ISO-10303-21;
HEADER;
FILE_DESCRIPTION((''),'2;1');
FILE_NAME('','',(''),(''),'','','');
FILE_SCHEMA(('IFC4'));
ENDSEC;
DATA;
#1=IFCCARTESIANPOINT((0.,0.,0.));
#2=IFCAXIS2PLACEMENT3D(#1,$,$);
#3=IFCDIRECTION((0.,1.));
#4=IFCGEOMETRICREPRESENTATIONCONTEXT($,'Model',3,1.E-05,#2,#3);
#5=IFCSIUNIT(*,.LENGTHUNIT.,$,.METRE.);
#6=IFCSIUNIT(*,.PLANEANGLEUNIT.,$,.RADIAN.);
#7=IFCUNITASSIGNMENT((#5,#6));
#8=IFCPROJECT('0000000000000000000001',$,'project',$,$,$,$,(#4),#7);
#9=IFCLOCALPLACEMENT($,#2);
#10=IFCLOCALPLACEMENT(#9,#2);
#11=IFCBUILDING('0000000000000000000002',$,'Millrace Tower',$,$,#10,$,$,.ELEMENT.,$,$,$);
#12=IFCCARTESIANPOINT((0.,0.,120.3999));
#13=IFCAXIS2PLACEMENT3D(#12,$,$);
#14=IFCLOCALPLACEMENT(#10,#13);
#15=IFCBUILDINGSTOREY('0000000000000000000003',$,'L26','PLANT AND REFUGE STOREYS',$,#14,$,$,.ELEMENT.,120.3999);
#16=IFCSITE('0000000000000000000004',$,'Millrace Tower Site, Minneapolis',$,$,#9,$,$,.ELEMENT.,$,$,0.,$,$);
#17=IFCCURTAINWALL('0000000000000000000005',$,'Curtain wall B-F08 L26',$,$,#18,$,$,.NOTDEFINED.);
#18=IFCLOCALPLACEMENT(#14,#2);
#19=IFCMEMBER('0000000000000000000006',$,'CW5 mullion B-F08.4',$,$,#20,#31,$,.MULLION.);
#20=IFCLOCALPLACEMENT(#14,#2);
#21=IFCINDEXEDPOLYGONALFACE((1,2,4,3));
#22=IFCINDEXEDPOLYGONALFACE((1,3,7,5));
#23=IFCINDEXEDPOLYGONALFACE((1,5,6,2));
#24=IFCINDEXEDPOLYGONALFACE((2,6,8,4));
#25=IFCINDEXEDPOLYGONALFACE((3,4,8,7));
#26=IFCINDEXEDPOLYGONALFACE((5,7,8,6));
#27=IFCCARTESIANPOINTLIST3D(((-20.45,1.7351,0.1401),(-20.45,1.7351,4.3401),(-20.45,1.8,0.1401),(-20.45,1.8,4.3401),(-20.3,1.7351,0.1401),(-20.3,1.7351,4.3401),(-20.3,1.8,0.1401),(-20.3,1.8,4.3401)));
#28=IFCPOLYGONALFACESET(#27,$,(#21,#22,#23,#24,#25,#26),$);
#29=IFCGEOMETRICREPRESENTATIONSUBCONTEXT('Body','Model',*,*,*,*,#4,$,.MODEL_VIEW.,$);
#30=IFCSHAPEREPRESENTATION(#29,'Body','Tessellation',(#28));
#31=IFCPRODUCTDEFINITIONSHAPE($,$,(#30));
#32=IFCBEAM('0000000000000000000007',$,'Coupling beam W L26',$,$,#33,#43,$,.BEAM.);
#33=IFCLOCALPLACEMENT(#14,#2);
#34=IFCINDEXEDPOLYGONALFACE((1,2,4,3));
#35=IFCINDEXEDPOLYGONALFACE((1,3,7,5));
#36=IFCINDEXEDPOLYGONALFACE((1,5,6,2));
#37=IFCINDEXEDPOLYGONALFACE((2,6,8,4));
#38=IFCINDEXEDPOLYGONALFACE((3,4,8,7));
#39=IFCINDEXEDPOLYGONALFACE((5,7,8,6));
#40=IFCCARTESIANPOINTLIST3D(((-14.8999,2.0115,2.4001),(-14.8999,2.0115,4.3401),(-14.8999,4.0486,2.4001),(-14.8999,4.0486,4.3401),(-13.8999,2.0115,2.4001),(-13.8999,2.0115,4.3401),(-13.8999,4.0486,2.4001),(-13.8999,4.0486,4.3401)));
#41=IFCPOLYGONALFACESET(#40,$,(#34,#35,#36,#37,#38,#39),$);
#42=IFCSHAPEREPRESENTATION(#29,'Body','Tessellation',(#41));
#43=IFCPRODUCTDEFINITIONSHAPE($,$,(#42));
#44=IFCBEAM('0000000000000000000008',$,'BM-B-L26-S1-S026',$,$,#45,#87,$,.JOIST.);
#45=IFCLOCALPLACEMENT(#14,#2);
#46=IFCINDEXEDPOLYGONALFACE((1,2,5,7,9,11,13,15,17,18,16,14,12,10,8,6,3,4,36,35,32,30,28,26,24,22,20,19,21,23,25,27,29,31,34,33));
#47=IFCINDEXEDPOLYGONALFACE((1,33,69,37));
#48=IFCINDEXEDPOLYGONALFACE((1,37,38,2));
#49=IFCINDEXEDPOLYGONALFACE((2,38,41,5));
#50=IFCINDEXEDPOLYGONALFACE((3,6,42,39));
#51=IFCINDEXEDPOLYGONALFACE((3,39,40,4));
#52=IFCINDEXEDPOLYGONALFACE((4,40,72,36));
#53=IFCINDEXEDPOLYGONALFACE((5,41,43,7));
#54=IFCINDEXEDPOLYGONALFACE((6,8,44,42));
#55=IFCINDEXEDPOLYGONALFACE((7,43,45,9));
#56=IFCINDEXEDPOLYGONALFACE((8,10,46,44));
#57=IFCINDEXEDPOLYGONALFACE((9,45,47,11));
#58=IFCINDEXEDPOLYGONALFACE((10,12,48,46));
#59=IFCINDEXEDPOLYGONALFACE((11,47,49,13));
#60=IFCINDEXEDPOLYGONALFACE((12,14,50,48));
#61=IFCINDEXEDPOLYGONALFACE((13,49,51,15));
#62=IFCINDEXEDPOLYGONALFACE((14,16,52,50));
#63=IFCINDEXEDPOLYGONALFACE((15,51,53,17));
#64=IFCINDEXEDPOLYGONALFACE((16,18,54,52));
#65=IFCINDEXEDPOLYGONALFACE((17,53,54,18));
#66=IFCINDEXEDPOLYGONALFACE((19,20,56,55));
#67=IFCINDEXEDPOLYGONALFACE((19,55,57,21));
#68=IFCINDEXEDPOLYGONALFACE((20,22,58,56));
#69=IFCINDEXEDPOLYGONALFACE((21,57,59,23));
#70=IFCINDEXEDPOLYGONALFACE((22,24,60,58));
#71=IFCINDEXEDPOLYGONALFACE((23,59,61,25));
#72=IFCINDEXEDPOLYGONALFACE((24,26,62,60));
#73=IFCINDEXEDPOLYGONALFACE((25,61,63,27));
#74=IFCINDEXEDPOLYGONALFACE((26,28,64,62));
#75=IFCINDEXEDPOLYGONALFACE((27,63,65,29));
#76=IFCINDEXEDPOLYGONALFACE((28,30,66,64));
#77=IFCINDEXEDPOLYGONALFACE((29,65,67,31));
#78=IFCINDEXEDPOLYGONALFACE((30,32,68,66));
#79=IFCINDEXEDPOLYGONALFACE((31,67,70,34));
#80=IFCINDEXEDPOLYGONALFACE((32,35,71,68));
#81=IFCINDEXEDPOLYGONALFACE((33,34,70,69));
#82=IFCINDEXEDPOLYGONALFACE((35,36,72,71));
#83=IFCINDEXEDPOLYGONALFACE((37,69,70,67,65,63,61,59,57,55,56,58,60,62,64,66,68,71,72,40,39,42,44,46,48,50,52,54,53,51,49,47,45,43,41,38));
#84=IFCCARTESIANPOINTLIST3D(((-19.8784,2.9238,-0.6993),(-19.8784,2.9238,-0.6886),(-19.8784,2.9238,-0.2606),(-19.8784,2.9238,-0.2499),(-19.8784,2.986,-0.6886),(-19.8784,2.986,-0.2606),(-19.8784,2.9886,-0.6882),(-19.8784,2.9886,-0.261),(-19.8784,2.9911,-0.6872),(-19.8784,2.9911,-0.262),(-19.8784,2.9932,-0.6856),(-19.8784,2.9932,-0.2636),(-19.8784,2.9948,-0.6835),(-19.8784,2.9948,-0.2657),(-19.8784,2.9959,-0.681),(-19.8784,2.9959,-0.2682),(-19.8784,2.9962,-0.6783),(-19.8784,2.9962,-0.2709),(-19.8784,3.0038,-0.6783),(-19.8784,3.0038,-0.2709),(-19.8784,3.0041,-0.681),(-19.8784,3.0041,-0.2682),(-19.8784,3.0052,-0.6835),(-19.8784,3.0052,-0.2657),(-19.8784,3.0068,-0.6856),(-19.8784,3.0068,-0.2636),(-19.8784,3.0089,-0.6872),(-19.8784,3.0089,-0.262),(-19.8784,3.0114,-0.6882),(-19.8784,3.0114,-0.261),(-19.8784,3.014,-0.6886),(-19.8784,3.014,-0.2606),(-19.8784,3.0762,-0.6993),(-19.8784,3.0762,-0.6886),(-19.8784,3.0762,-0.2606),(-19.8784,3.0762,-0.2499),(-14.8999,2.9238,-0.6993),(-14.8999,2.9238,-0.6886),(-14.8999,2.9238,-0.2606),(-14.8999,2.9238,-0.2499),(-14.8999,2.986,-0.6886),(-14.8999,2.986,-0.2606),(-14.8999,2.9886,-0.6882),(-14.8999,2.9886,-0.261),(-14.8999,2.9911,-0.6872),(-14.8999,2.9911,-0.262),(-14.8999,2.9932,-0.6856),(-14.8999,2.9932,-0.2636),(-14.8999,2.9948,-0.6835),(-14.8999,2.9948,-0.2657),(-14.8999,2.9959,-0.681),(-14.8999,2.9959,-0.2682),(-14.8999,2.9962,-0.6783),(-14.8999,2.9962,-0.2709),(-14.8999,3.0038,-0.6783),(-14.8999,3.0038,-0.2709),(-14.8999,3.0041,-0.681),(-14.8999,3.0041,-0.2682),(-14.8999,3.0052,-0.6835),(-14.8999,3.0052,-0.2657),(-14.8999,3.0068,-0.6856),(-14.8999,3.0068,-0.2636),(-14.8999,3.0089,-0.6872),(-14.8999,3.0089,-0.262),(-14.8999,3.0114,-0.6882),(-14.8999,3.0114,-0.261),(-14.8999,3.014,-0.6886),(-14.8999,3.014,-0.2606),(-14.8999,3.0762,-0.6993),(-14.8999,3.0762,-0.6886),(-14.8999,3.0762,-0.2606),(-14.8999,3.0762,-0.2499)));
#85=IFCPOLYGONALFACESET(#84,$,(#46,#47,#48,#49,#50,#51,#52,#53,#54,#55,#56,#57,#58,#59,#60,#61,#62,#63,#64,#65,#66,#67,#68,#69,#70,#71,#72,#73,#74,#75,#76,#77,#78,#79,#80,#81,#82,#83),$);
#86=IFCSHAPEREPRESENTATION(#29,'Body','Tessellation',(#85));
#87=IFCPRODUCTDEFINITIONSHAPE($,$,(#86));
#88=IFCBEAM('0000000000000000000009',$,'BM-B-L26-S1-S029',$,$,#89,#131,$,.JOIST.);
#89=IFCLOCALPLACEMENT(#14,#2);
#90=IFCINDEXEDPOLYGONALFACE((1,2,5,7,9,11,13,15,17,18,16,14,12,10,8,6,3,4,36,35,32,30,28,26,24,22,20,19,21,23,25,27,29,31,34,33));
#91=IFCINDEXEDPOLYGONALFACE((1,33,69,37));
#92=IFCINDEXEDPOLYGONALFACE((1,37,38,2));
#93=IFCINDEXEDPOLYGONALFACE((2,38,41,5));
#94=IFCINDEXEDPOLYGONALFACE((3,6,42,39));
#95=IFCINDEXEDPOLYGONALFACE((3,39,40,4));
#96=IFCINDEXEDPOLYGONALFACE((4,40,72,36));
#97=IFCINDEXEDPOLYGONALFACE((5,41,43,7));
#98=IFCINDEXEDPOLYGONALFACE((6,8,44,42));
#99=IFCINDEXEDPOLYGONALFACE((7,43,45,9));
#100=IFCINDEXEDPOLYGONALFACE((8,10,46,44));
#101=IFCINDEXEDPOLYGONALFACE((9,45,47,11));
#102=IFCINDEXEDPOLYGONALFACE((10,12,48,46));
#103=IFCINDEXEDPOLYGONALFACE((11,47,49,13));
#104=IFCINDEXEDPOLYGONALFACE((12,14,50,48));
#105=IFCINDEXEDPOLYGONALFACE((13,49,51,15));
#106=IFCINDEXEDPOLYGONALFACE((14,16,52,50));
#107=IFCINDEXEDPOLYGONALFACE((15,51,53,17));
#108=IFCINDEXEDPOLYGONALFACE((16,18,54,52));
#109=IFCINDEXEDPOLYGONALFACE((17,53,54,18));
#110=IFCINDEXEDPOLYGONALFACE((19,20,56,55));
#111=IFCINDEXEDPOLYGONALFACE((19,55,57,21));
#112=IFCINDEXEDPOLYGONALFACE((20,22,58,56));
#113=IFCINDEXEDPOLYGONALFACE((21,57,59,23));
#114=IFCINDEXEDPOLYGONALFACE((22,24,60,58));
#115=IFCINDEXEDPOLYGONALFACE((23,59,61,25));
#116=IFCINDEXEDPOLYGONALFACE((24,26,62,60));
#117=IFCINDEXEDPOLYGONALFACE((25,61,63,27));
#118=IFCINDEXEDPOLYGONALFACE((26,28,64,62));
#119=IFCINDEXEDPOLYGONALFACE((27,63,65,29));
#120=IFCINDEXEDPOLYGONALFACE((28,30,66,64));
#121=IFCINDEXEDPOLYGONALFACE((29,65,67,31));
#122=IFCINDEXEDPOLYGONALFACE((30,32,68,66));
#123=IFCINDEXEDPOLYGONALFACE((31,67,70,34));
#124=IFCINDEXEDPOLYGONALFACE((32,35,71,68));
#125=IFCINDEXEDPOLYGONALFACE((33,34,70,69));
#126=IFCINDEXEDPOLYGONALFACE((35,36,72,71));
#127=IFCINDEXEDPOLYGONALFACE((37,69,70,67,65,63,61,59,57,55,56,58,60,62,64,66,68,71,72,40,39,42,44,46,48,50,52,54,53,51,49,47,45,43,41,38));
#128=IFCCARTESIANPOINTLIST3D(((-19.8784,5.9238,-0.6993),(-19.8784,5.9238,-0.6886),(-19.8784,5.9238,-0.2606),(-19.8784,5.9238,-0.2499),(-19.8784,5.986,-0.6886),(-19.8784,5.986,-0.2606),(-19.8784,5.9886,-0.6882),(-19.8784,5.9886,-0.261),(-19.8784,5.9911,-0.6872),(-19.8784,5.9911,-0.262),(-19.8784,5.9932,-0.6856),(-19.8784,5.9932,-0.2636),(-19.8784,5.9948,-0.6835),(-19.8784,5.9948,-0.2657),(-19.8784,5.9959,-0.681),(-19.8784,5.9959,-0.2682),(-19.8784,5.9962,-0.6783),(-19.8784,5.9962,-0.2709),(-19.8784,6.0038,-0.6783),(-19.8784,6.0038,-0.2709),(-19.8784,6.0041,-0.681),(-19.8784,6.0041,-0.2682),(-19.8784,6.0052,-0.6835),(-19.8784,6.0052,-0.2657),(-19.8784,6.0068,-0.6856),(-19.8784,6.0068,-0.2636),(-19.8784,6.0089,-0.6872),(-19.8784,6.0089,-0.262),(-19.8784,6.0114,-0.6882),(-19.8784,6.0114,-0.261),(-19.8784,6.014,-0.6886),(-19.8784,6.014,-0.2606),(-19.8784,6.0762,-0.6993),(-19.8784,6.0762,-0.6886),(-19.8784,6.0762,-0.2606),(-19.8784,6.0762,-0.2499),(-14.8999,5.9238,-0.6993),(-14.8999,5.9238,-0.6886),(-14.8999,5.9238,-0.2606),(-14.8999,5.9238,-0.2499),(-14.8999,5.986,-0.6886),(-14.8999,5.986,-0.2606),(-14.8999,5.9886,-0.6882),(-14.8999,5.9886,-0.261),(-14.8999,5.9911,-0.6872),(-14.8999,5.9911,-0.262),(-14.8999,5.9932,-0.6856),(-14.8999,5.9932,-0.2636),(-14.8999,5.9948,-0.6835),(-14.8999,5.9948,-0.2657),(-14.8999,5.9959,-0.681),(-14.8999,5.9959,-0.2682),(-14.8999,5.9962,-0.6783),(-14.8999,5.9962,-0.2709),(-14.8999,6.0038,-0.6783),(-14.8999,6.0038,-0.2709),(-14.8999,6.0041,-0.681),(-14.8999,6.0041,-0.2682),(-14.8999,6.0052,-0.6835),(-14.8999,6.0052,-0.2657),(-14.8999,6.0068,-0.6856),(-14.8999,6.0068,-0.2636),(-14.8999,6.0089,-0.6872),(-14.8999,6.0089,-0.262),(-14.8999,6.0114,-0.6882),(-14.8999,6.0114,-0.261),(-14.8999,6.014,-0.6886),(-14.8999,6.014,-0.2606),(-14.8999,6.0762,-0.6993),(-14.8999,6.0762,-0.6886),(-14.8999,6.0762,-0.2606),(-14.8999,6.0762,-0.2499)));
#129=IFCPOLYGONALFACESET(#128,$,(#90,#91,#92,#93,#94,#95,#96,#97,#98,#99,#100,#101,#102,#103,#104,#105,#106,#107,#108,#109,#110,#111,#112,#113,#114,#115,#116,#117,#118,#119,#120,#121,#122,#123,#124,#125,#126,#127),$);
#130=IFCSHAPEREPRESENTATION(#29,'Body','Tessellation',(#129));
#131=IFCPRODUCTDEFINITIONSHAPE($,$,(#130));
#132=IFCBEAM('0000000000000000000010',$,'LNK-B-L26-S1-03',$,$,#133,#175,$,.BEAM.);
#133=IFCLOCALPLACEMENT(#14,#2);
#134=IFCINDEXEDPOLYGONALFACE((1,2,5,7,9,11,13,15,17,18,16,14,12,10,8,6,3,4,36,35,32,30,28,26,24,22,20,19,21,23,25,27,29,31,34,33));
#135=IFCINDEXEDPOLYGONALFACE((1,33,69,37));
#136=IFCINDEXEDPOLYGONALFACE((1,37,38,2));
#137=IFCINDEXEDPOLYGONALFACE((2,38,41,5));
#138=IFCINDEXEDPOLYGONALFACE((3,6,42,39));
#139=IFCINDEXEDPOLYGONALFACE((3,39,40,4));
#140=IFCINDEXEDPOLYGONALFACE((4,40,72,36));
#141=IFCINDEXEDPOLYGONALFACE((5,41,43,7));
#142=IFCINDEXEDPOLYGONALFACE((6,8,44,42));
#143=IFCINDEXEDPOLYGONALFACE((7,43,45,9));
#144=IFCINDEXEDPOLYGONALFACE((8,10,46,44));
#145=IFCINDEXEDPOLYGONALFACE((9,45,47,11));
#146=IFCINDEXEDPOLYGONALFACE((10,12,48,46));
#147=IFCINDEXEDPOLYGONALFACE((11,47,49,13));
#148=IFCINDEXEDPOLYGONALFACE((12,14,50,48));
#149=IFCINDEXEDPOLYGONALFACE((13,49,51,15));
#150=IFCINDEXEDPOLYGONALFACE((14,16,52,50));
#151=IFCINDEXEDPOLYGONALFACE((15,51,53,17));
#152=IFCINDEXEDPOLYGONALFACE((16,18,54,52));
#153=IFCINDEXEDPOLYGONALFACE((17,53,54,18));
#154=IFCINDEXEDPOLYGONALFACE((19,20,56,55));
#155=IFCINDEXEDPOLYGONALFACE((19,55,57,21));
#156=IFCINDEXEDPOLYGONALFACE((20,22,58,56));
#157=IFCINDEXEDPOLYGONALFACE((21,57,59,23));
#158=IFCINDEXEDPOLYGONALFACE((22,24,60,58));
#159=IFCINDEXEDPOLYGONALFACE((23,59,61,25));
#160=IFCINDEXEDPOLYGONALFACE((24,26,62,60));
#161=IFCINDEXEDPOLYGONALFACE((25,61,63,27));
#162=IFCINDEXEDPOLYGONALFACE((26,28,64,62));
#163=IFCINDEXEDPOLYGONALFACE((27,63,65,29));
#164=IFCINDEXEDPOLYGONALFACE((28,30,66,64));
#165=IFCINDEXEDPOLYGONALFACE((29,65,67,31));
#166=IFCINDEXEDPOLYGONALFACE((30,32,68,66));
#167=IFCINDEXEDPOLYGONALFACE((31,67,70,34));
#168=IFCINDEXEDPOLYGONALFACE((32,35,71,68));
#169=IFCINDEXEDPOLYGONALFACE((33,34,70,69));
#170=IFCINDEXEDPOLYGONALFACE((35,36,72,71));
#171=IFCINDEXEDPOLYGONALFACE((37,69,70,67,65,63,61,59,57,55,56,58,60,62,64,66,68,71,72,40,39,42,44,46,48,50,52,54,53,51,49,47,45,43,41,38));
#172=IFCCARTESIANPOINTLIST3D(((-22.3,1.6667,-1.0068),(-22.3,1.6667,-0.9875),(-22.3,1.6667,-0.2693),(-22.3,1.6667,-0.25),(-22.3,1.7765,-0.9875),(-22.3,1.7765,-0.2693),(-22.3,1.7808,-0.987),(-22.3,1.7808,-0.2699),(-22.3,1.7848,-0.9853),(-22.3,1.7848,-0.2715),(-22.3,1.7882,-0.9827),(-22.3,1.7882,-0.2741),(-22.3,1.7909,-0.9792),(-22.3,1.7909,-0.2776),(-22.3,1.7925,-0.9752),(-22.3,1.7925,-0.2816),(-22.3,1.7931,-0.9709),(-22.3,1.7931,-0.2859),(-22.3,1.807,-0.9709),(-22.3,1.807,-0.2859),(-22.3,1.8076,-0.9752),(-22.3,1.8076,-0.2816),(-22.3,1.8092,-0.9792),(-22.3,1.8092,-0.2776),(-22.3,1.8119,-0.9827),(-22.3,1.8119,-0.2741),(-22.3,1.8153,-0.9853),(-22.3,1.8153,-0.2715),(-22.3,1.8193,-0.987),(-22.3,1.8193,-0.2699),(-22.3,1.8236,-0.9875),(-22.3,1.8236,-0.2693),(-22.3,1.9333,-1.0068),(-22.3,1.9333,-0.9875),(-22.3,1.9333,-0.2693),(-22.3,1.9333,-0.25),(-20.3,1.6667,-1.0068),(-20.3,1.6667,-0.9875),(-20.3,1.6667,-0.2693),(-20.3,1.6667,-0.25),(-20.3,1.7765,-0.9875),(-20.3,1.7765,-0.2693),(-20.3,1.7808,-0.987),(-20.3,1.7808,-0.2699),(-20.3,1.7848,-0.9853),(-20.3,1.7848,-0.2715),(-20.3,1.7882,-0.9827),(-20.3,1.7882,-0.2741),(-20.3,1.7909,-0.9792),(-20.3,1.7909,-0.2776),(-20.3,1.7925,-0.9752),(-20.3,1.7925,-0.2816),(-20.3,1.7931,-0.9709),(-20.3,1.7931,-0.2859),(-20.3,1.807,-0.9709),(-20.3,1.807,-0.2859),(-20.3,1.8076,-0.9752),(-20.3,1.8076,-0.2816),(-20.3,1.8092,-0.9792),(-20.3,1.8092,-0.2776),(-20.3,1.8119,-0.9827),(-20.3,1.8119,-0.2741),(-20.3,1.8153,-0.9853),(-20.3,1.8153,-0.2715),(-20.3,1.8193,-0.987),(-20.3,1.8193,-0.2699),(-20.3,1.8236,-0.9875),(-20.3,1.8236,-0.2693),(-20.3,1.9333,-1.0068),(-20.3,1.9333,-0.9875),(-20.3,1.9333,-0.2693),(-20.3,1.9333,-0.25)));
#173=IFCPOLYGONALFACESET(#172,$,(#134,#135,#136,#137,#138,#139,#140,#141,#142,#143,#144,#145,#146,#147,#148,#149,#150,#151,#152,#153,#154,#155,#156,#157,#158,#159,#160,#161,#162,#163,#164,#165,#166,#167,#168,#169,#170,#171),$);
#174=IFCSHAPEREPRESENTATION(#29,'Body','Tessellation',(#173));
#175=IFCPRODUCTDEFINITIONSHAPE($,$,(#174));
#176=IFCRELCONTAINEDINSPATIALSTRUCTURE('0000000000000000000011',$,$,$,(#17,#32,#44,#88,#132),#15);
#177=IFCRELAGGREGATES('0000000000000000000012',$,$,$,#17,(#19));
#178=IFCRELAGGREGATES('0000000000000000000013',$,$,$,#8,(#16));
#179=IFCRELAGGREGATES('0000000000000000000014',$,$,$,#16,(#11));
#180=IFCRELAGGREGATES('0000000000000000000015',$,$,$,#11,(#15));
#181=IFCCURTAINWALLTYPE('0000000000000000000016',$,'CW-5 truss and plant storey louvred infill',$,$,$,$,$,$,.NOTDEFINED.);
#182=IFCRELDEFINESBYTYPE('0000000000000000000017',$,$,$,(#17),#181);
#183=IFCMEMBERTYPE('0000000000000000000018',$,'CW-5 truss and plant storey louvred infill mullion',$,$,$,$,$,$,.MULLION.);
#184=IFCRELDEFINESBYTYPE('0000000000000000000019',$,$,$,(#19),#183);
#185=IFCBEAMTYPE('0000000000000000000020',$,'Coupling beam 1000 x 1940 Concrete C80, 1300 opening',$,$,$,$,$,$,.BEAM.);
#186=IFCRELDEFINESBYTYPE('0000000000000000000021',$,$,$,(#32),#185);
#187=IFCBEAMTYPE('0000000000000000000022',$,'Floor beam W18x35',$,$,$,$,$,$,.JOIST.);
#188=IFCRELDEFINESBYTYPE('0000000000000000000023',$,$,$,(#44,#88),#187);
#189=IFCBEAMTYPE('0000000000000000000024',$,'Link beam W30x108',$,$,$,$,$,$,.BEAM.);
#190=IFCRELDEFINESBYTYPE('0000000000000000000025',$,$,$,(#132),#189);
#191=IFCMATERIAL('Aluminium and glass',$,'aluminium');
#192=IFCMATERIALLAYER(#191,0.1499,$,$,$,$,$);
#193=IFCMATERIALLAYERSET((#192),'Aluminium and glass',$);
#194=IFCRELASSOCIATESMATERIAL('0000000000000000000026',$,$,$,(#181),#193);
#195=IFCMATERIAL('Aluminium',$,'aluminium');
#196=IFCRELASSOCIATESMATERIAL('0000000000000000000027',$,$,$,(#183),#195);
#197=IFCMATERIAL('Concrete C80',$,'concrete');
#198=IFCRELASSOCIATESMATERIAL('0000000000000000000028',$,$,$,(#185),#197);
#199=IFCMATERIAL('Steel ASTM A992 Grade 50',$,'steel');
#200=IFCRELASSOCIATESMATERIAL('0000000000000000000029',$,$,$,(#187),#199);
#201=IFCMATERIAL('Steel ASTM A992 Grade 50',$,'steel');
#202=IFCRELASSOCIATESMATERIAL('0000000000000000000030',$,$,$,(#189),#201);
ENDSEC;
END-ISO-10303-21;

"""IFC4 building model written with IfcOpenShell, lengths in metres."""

from ifc_helpers import new_model, si_unit, direction, frame, origin, origin_2d, place, context, subcontext, project, spatial, rectangle, i_section, extrude, material, layer, layer_set, material_profile, profile_set, type_object, element, aggregate, save


model = new_model("IFC4")

# Units and contexts
model_context = context("Model", 3, precision=1e-05, world=origin(), true_north=direction((0.0, 1.0)))
body_context = subcontext(model_context, "Body", "Model", "MODEL_VIEW")
ifc_project = project(units=[si_unit("LENGTHUNIT", "METRE"), si_unit("PLANEANGLEUNIT", "RADIAN")], contexts=[model_context])

# Site, building, storey
site_placement = place(None, origin())
site = spatial("IfcSite", under=ifc_project, at=site_placement, Name="Millrace Tower Site, Minneapolis", CompositionType="ELEMENT", RefElevation=0.0)
building_placement = place(site_placement, origin())
building = spatial("IfcBuilding", under=site, at=building_placement, Name="Millrace Tower", CompositionType="ELEMENT")
storey_placement = place(building_placement, frame((0.0, 0.0, 120.3999)))
storey = spatial("IfcBuildingStorey", under=building, at=storey_placement, Name="L26", Description="PLANT AND REFUGE STOREYS", CompositionType="ELEMENT", Elevation=120.3999)

# Curtain wall, member
ifc_material_1 = material(Name="Aluminium and glass", Category="aluminium")
ifc_layer_1 = layer(ifc_material_1, 0.1499)
ifc_layer_set_1 = layer_set([ifc_layer_1], Name="Aluminium and glass")
curtain_wall_type = type_object("IfcCurtainWallType", Name="CW-5 truss and plant storey louvred infill", PredefinedType="NOTDEFINED", material=ifc_layer_set_1)
placement = place(storey_placement, origin())
curtain_wall = element("IfcCurtainWall", 1, at=placement, inside=storey, type_object=curtain_wall_type, Name="Curtain wall B-F08 L26", PredefinedType="NOTDEFINED")
ifc_material_2 = material(Name="Aluminium", Category="aluminium")
ifc_material_profile_1 = material_profile(ifc_material_2, rectangle(XDim=0.0649, YDim=0.1499, at=origin_2d()))
ifc_profile_set_1 = profile_set([ifc_material_profile_1], Name="Aluminium")
member_type_1 = type_object("IfcMemberType", Name="CW-5 truss and plant storey louvred infill mullion", PredefinedType="MULLION", material=ifc_profile_set_1)
member_1_placement = place(storey_placement, frame((-20.375, 1.7676, 0.1401), z_axis=(0.0, 0.0, 1.0), x_axis=(0.0, -1.0, 0.0)))
member_1 = element("IfcMember", 2, at=member_1_placement, type_object=member_type_1, Name="CW5 mullion B-F08.4", PredefinedType="MULLION", context=body_context, shape_type="SweptSolid", body=[
    extrude(rectangle(XDim=0.0649, YDim=0.1499, at=origin_2d()), origin(), (0.0, 0.0, 1.0), 4.2),
])
aggregate(curtain_wall, [member_1])

# Beams
ifc_material_3 = material(Name="Concrete C80", Category="concrete")
ifc_material_profile_2 = material_profile(ifc_material_3, rectangle(XDim=1.0, YDim=1.9399, at=origin_2d()))
ifc_profile_set_2 = profile_set([ifc_material_profile_2], Name="Concrete C80")
beam_type_1 = type_object("IfcBeamType", Name="Coupling beam 1000 x 1940 Concrete C80, 1300 opening", PredefinedType="BEAM", material=ifc_profile_set_2)
beam_1_placement = place(storey_placement, frame((-14.3999, 2.0115, 3.3701), z_axis=(0.0, 1.0, 0.0), x_axis=(-1.0, 0.0, 0.0)))
element("IfcBeam", 3, at=beam_1_placement, inside=storey, type_object=beam_type_1, Name="Coupling beam W L26", PredefinedType="BEAM", context=body_context, shape_type="SweptSolid", body=[
    extrude(rectangle(XDim=1.0, YDim=1.9399, at=origin_2d()), origin(), (0.0, 0.0, 1.0), 2.0371),
])
ifc_material_4 = material(Name="Steel ASTM A992 Grade 50", Category="steel")
ifc_material_profile_3 = material_profile(ifc_material_4, i_section(OverallWidth=0.1523, OverallDepth=0.4495, WebThickness=0.0076, FlangeThickness=0.0107, FilletRadius=0.0103, at=origin_2d()))
ifc_profile_set_3 = profile_set([ifc_material_profile_3], Name="Steel ASTM A992 Grade 50")
beam_type_2 = type_object("IfcBeamType", Name="Floor beam W18x35", PredefinedType="JOIST", material=ifc_profile_set_3)
for number, where, z_axis, x_axis, name in (
    (4, (-19.8784, 3.0, -0.4746), (1.0, 0.0, 0.0), (0.0, 1.0, 0.0), "BM-B-L26-S1-S026"),
    (5, (-19.8784, 6.0, -0.4746), (1.0, 0.0, 0.0), (0.0, 1.0, 0.0), "BM-B-L26-S1-S029"),
):
    element("IfcBeam", number, at=place(storey_placement, frame(where, z_axis=z_axis, x_axis=x_axis)), inside=storey, type_object=beam_type_2, Name=name, PredefinedType="JOIST", context=body_context, shape_type="SweptSolid", body=[
        extrude(i_section(OverallWidth=0.1523, OverallDepth=0.4495, WebThickness=0.0076, FlangeThickness=0.0107, FilletRadius=0.0103, at=origin_2d()), origin(), (0.0, 0.0, 1.0), 4.9785),
    ])
ifc_material_5 = material(Name="Steel ASTM A992 Grade 50", Category="steel")
ifc_material_profile_4 = material_profile(ifc_material_5, i_section(OverallWidth=0.2666, OverallDepth=0.7568, WebThickness=0.0139, FlangeThickness=0.0193, FilletRadius=0.0166, at=origin_2d()))
ifc_profile_set_4 = profile_set([ifc_material_profile_4], Name="Steel ASTM A992 Grade 50")
beam_type_3 = type_object("IfcBeamType", Name="Link beam W30x108", PredefinedType="BEAM", material=ifc_profile_set_4)
beam_2_placement = place(storey_placement, frame((-20.3, 1.8, -0.6284), z_axis=(-1.0, 0.0, 0.0), x_axis=(0.0, -1.0, 0.0)))
element("IfcBeam", 6, at=beam_2_placement, inside=storey, type_object=beam_type_3, Name="LNK-B-L26-S1-03", PredefinedType="BEAM", context=body_context, shape_type="SweptSolid", body=[
    extrude(i_section(OverallWidth=0.2666, OverallDepth=0.7568, WebThickness=0.0139, FlangeThickness=0.0193, FilletRadius=0.0166, at=origin_2d()), origin(), (0.0, 0.0, 1.0), 2.0),
])

save(model, "model.ifc")
